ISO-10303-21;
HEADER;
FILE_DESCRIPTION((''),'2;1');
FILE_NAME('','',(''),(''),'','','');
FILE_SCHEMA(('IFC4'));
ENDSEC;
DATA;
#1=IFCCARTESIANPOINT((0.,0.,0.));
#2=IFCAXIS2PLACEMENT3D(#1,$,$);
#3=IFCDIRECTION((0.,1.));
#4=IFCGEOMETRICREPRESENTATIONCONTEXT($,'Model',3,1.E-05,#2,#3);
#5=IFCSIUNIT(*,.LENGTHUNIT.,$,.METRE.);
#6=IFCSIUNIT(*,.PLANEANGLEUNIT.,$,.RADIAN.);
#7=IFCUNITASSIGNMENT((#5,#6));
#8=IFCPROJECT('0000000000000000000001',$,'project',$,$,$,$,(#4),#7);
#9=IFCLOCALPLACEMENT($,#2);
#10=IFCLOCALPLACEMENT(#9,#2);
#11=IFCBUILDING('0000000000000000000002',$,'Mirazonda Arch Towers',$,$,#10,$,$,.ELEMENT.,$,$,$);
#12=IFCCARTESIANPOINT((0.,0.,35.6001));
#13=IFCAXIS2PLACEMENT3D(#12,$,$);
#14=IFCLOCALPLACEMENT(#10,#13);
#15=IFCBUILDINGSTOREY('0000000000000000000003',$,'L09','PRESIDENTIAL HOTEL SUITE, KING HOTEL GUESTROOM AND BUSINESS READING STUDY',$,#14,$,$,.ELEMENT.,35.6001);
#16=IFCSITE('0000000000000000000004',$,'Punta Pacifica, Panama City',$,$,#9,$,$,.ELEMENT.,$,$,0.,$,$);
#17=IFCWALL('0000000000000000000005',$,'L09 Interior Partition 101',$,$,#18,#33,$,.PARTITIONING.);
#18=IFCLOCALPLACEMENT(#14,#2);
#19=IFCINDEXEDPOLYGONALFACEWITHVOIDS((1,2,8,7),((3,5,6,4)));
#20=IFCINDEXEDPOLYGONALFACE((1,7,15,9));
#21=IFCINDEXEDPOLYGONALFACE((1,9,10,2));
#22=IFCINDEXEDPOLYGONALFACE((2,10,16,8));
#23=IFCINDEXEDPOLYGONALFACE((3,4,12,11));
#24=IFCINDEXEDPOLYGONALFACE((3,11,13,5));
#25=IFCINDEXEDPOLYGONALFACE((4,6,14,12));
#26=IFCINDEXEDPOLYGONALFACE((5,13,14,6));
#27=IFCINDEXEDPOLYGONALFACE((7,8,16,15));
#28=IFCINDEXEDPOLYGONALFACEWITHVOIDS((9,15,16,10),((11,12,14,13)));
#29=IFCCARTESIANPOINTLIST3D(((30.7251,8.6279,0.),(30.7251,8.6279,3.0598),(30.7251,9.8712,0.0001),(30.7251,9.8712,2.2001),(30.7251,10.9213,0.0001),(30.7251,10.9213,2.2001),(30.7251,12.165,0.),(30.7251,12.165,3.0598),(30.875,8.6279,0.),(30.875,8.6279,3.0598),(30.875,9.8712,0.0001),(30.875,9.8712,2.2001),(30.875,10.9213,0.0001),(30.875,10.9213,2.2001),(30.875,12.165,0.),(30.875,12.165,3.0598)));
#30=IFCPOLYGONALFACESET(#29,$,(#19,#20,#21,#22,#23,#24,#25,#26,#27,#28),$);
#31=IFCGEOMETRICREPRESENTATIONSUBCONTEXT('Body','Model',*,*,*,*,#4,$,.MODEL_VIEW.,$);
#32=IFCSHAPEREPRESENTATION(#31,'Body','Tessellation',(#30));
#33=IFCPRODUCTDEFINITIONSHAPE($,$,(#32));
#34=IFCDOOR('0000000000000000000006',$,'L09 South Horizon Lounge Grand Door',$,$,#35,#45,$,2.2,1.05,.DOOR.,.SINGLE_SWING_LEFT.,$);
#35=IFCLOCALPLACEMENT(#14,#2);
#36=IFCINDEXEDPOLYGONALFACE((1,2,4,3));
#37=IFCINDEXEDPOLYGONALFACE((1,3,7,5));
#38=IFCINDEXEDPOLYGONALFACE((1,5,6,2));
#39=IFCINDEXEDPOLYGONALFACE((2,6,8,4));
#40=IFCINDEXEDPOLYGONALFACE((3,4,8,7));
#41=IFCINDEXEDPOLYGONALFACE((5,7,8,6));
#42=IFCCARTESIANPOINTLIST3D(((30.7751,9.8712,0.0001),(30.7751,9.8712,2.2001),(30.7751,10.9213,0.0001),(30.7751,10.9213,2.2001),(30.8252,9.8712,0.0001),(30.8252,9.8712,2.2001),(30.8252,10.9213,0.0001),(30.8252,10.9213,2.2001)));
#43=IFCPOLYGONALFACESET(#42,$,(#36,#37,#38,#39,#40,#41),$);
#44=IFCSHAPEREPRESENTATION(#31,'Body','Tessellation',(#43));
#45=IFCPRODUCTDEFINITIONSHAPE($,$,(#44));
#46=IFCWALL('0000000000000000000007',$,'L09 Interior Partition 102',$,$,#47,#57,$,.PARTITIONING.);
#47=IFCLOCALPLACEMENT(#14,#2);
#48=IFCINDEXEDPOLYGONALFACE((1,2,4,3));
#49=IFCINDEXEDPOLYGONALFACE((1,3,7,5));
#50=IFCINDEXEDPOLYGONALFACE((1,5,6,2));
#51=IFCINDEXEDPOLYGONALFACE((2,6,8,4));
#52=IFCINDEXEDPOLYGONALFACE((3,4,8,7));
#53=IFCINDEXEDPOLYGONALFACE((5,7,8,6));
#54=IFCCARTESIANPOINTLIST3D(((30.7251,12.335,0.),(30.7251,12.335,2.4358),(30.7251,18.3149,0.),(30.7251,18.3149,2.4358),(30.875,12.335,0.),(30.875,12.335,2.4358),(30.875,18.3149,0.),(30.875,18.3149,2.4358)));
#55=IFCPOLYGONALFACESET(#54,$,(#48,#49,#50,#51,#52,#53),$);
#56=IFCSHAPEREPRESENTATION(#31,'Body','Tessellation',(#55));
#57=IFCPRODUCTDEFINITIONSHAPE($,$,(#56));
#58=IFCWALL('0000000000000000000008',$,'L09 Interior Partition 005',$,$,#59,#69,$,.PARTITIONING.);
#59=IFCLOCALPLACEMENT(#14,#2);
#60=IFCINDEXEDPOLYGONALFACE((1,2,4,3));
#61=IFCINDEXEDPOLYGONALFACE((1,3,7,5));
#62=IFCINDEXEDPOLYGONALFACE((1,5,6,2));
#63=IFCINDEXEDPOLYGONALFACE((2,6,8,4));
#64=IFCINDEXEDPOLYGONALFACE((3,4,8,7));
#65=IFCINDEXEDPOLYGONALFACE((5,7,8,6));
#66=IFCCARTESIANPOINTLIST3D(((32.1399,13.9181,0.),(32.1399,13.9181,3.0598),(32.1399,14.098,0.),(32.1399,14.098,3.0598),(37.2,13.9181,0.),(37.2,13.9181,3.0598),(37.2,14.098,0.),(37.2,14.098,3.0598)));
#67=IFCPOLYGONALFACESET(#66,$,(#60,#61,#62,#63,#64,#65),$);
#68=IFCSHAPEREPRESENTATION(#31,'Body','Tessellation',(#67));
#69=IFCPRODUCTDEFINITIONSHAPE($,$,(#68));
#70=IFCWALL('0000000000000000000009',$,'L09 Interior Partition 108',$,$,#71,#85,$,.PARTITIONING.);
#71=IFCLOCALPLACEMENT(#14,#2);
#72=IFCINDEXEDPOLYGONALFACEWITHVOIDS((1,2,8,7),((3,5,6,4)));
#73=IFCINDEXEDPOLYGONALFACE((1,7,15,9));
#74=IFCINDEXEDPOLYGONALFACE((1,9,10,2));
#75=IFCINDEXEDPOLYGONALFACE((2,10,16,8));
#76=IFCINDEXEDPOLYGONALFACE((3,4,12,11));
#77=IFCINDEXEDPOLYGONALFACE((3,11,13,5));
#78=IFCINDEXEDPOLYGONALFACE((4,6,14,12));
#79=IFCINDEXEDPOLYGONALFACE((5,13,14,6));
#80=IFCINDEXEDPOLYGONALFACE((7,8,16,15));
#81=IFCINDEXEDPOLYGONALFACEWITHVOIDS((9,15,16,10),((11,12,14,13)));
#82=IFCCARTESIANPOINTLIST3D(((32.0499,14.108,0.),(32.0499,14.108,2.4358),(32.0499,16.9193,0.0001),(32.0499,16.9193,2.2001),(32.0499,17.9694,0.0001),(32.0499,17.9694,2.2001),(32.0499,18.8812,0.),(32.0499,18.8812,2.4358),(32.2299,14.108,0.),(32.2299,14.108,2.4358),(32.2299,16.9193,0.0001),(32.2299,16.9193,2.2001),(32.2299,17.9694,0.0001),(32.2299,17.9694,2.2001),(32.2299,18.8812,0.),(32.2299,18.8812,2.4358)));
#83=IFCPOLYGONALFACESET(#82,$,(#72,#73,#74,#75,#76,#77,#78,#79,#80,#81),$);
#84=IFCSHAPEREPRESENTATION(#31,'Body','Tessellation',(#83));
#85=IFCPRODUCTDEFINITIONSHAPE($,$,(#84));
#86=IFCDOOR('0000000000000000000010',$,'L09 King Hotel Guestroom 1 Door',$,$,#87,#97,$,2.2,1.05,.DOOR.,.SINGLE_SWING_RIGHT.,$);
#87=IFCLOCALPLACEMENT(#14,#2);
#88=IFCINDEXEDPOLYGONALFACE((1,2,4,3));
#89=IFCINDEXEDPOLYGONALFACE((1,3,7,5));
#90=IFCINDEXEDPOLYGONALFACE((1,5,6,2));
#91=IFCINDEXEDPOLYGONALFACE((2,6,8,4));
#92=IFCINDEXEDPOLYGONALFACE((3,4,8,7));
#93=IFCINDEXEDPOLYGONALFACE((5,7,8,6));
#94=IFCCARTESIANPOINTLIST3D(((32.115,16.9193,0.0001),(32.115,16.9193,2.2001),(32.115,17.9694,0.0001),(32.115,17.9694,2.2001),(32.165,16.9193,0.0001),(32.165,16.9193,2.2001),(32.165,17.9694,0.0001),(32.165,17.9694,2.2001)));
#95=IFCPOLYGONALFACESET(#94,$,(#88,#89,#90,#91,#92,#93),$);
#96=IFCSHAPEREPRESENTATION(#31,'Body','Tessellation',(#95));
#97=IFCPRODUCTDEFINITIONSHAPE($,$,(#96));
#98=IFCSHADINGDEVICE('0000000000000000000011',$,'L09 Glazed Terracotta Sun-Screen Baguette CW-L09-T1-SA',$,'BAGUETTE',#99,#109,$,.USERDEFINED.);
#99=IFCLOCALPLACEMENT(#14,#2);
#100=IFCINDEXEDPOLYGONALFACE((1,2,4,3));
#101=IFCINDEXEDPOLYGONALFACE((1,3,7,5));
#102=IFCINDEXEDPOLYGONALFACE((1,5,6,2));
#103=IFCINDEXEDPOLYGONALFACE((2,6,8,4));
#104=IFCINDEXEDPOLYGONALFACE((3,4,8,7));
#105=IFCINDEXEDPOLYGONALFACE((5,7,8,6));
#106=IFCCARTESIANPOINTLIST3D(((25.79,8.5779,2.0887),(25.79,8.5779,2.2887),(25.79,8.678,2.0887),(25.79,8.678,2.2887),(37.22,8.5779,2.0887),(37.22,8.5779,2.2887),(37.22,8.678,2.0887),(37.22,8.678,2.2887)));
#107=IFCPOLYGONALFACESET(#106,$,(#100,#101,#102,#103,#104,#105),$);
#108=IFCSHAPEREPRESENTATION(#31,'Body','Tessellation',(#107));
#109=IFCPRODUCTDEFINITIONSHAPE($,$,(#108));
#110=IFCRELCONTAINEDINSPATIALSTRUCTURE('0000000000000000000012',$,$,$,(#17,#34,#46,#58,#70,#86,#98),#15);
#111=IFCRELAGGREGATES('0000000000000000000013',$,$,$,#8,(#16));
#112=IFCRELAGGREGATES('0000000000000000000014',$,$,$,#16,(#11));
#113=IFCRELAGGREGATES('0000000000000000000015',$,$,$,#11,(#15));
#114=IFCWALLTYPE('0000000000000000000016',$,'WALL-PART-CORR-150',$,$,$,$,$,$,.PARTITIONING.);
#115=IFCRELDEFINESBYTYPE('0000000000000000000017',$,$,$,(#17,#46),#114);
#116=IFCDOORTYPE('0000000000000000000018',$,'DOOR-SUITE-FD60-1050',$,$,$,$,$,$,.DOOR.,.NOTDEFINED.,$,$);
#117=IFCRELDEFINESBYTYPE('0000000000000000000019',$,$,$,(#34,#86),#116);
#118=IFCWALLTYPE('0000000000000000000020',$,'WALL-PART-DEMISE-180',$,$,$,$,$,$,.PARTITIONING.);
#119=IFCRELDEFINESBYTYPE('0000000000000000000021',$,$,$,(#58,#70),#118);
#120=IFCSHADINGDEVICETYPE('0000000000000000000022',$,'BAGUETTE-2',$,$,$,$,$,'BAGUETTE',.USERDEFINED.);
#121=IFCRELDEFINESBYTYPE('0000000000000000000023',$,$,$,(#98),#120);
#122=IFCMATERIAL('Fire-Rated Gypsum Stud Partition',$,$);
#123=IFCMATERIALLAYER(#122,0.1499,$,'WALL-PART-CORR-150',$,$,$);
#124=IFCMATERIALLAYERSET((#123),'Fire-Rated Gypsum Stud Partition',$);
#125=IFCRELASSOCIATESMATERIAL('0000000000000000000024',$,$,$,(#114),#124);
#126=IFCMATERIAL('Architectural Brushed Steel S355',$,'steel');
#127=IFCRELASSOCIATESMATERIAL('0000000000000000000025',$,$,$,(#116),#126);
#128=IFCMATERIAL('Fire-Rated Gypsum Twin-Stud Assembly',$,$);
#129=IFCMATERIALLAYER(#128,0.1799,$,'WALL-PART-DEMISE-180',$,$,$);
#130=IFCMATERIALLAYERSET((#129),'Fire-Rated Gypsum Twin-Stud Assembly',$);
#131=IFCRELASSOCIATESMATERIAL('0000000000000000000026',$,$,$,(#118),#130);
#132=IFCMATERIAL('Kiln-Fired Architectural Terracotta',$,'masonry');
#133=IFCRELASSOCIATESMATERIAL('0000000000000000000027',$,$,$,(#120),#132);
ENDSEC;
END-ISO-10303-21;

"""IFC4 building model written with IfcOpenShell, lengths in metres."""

from ifc_helpers import new_model, si_unit, direction, frame, frame_2d, origin, origin_2d, place, context, subcontext, project, spatial, rectangle, extrude, material, layer, layer_set, material_profile, profile_set, type_object, element, fill, save


model = new_model("IFC4")

# Units and contexts
model_context = context("Model", 3, precision=1e-05, world=origin(), true_north=direction((0.0, 1.0)))
body_context = subcontext(model_context, "Body", "Model", "MODEL_VIEW")
ifc_project = project(units=[si_unit("LENGTHUNIT", "METRE"), si_unit("PLANEANGLEUNIT", "RADIAN")], contexts=[model_context])

# Site, building, storey
site_placement = place(None, origin())
site = spatial("IfcSite", under=ifc_project, at=site_placement, Name="Punta Pacifica, Panama City", CompositionType="ELEMENT", RefElevation=0.0)
building_placement = place(site_placement, origin())
building = spatial("IfcBuilding", under=site, at=building_placement, Name="Mirazonda Arch Towers", CompositionType="ELEMENT")
storey_placement = place(building_placement, frame((0.0, 0.0, 35.6001)))
storey = spatial("IfcBuildingStorey", under=building, at=storey_placement, Name="L09", Description="PRESIDENTIAL HOTEL SUITE, KING HOTEL GUESTROOM AND BUSINESS READING STUDY", CompositionType="ELEMENT", Elevation=35.6001)

# Shared definitions
ifc_material_1 = material(Name="Fire-Rated Gypsum Stud Partition")
ifc_layer_1 = layer(ifc_material_1, 0.1499, Name="WALL-PART-CORR-150")
ifc_layer_set_1 = layer_set([ifc_layer_1], Name="Fire-Rated Gypsum Stud Partition")
wall_type_1 = type_object("IfcWallType", Name="WALL-PART-CORR-150", PredefinedType="PARTITIONING", material=ifc_layer_set_1)

# Wall, opening, door
wall_1_placement = place(storey_placement, frame((30.8, 8.6279, 0.0), z_axis=(0.0, 0.0, 1.0), x_axis=(0.0, 1.0, 0.0)))
wall_1 = element("IfcWall", 1, at=wall_1_placement, inside=storey, type_object=wall_type_1, Name="L09 Interior Partition 101", PredefinedType="PARTITIONING", context=body_context, shape_type="SweptSolid", body=[
    extrude(rectangle(XDim=3.5371, YDim=0.1499, at=frame_2d((1.7686, 0.0))), origin(), (0.0, 0.0, 1.0), 3.0598),
])
opening_1_placement = place(wall_1_placement, frame((1.2434, 0.0, 0.0)))
opening_1 = element("IfcOpeningElement", 2, at=opening_1_placement, cuts=wall_1, PredefinedType="OPENING", context=body_context, shape_type="SweptSolid", body=[
    extrude(rectangle(XDim=1.05, YDim=2.2, at=frame_2d((0.5249, 1.1001))), frame((0.0, 0.085, 0.0), z_axis=(0.0, -1.0, 0.0), x_axis=(1.0, 0.0, 0.0)), (0.0, 0.0, 1.0), 0.1699),
])
ifc_material_2 = material(Name="Architectural Brushed Steel S355", Category="steel")
door_type_1 = type_object("IfcDoorType", Name="DOOR-SUITE-FD60-1050", OperationType="NOTDEFINED", PredefinedType="DOOR", material=ifc_material_2)
door_1_placement = place(opening_1_placement, origin())
door_1 = element("IfcDoor", 3, at=door_1_placement, inside=storey, type_object=door_type_1, Name="L09 South Horizon Lounge Grand Door", OperationType="SINGLE_SWING_LEFT", OverallHeight=2.2, OverallWidth=1.05, PredefinedType="DOOR", context=body_context, shape_type="SweptSolid", body=[
    extrude(rectangle(XDim=1.05, YDim=2.2, at=frame_2d((0.5249, 1.1001))), frame((0.0, 0.0249, 0.0), z_axis=(0.0, -1.0, 0.0), x_axis=(1.0, 0.0, 0.0)), (0.0, 0.0, 1.0), 0.05),
])
fill(opening_1, door_1)

# Walls
wall_2_placement = place(storey_placement, frame((30.8, 12.335, 0.0), z_axis=(0.0, 0.0, 1.0), x_axis=(0.0, 1.0, 0.0)))
element("IfcWall", 4, at=wall_2_placement, inside=storey, type_object=wall_type_1, Name="L09 Interior Partition 102", PredefinedType="PARTITIONING", context=body_context, shape_type="SweptSolid", body=[
    extrude(rectangle(XDim=5.98, YDim=0.1499, at=frame_2d((2.99, 0.0))), origin(), (0.0, 0.0, 1.0), 2.4358),
])
ifc_material_3 = material(Name="Fire-Rated Gypsum Twin-Stud Assembly")
ifc_layer_2 = layer(ifc_material_3, 0.1799, Name="WALL-PART-DEMISE-180")
ifc_layer_set_2 = layer_set([ifc_layer_2], Name="Fire-Rated Gypsum Twin-Stud Assembly")
wall_type_2 = type_object("IfcWallType", Name="WALL-PART-DEMISE-180", PredefinedType="PARTITIONING", material=ifc_layer_set_2)
wall_3_placement = place(storey_placement, frame((32.1399, 14.0081, 0.0), z_axis=(0.0, 0.0, 1.0), x_axis=(1.0, 0.0, 0.0)))
element("IfcWall", 5, at=wall_3_placement, inside=storey, type_object=wall_type_2, Name="L09 Interior Partition 005", PredefinedType="PARTITIONING", context=body_context, shape_type="SweptSolid", body=[
    extrude(rectangle(XDim=5.0601, YDim=0.1799, at=frame_2d((2.53, 0.0))), origin(), (0.0, 0.0, 1.0), 3.0598),
])

# Wall, opening, door
wall_4_placement = place(storey_placement, frame((32.1399, 14.1079, 0.0), z_axis=(0.0, 0.0, 1.0), x_axis=(0.0, 1.0, 0.0)))
wall_4 = element("IfcWall", 6, at=wall_4_placement, inside=storey, type_object=wall_type_2, Name="L09 Interior Partition 108", PredefinedType="PARTITIONING", context=body_context, shape_type="SweptSolid", body=[
    extrude(rectangle(XDim=4.7732, YDim=0.1799, at=frame_2d((2.3867, 0.0))), origin(), (0.0, 0.0, 1.0), 2.4358),
])
opening_2_placement = place(wall_4_placement, frame((2.8115, 0.0, 0.0)))
opening_2 = element("IfcOpeningElement", 7, at=opening_2_placement, cuts=wall_4, PredefinedType="OPENING", context=body_context, shape_type="SweptSolid", body=[
    extrude(rectangle(XDim=1.05, YDim=2.2, at=frame_2d((0.5249, 1.1001))), frame((0.0, 0.0999, 0.0), z_axis=(0.0, -1.0, 0.0), x_axis=(1.0, 0.0, 0.0)), (0.0, 0.0, 1.0), 0.2),
])
door_2_placement = place(opening_2_placement, origin())
door_2 = element("IfcDoor", 8, at=door_2_placement, inside=storey, type_object=door_type_1, Name="L09 King Hotel Guestroom 1 Door", OperationType="SINGLE_SWING_RIGHT", OverallHeight=2.2, OverallWidth=1.05, PredefinedType="DOOR", context=body_context, shape_type="SweptSolid", body=[
    extrude(rectangle(XDim=1.05, YDim=2.2, at=frame_2d((0.5249, 1.1001))), frame((0.0, 0.0249, 0.0), z_axis=(0.0, -1.0, 0.0), x_axis=(1.0, 0.0, 0.0)), (0.0, 0.0, 1.0), 0.05),
])
fill(opening_2, door_2)

# Shading device
ifc_material_4 = material(Name="Kiln-Fired Architectural Terracotta", Category="masonry")
ifc_material_profile_1 = material_profile(ifc_material_4, rectangle(XDim=0.1001, YDim=0.2, at=origin_2d()), Name="TERRA-BAG-100x200")
ifc_profile_set_1 = profile_set([ifc_material_profile_1], Name="Kiln-Fired Architectural Terracotta")
shading_device_type = type_object("IfcShadingDeviceType", Name="BAGUETTE-2", ElementType="BAGUETTE", PredefinedType="USERDEFINED", material=ifc_profile_set_1)
shading_device_placement = place(storey_placement, frame((37.22, 8.6279, 2.1887), z_axis=(-1.0, 0.0, 0.0), x_axis=(0.0, -1.0, 0.0)))
element("IfcShadingDevice", 9, at=shading_device_placement, inside=storey, type_object=shading_device_type, Name="L09 Glazed Terracotta Sun-Screen Baguette CW-L09-T1-SA", ObjectType="BAGUETTE", PredefinedType="USERDEFINED", context=body_context, shape_type="SweptSolid", body=[
    extrude(rectangle(XDim=0.1001, YDim=0.2, at=origin_2d()), origin(), (0.0, 0.0, 1.0), 11.4299),
])

save(model, "model.ifc")
